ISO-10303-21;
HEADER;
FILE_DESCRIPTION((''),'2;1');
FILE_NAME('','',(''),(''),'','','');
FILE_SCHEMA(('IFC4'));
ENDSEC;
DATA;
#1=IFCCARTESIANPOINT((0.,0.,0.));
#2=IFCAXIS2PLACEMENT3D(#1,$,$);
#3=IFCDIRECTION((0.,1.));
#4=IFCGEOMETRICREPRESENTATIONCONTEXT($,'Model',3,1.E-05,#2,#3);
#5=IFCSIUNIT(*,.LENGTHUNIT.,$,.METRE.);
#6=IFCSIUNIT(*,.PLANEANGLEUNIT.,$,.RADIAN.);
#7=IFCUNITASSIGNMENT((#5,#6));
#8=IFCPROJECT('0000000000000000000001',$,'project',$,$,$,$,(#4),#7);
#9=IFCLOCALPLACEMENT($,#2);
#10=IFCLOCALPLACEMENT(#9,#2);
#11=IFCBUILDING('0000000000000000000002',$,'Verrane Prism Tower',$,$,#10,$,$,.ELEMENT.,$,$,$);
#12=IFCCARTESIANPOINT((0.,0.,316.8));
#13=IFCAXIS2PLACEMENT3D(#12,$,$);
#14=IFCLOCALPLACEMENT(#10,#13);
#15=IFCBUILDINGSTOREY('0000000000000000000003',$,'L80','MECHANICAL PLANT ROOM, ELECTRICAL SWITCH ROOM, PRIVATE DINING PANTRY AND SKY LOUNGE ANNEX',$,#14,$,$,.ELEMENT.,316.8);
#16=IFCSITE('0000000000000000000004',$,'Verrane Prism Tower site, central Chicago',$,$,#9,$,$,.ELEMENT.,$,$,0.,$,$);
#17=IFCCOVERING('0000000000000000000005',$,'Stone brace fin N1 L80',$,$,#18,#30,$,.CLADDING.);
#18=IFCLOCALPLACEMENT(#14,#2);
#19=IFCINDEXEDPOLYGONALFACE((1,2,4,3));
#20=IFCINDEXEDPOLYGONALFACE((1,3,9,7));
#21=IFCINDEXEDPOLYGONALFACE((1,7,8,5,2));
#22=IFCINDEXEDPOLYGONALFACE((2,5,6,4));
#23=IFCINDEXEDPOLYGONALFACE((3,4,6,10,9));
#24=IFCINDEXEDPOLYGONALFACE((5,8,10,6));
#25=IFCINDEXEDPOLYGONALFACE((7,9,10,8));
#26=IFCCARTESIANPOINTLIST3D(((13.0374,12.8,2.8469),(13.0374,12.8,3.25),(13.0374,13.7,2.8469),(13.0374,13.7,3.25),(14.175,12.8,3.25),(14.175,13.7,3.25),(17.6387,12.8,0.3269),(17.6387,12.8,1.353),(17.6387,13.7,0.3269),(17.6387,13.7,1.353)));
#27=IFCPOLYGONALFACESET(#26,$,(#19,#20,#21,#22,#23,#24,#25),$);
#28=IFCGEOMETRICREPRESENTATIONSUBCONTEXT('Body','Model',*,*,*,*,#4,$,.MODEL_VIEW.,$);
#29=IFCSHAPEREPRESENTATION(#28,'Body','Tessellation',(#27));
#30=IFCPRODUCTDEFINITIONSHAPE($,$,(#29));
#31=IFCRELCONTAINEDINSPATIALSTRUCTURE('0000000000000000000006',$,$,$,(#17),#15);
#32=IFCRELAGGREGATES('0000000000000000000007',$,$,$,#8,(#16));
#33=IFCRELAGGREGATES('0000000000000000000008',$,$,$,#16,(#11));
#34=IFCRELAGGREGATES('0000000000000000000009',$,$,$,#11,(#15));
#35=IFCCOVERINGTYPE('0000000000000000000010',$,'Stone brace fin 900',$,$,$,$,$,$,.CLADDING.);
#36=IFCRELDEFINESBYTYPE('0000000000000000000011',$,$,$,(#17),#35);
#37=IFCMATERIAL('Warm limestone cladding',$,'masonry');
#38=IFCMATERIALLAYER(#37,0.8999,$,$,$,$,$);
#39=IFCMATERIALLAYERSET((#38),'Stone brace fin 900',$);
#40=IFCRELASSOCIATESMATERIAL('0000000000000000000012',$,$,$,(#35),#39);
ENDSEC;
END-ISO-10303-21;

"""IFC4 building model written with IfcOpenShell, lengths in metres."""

from ifc_helpers import new_model, si_unit, direction, frame, origin, place, context, subcontext, project, spatial, polyline, outline, extrude, material, layer, layer_set, type_object, element, save


model = new_model("IFC4")

# Units and contexts
model_context = context("Model", 3, precision=1e-05, world=origin(), true_north=direction((0.0, 1.0)))
body_context = subcontext(model_context, "Body", "Model", "MODEL_VIEW")
ifc_project = project(units=[si_unit("LENGTHUNIT", "METRE"), si_unit("PLANEANGLEUNIT", "RADIAN")], contexts=[model_context])

# Site, building, storey
site_placement = place(None, origin())
site = spatial("IfcSite", under=ifc_project, at=site_placement, Name="Verrane Prism Tower site, central Chicago", CompositionType="ELEMENT", RefElevation=0.0)
building_placement = place(site_placement, origin())
building = spatial("IfcBuilding", under=site, at=building_placement, Name="Verrane Prism Tower", CompositionType="ELEMENT")
storey_placement = place(building_placement, frame((0.0, 0.0, 316.8)))
storey = spatial("IfcBuildingStorey", under=building, at=storey_placement, Name="L80", Description="MECHANICAL PLANT ROOM, ELECTRICAL SWITCH ROOM, PRIVATE DINING PANTRY AND SKY LOUNGE ANNEX", CompositionType="ELEMENT", Elevation=316.8)

# Covering
ifc_material_1 = material(Name="Warm limestone cladding", Category="masonry")
ifc_layer_1 = layer(ifc_material_1, 0.8999)
ifc_layer_set_1 = layer_set([ifc_layer_1], Name="Stone brace fin 900")
covering_type = type_object("IfcCoveringType", Name="Stone brace fin 900", PredefinedType="CLADDING", material=ifc_layer_set_1)
covering_placement = place(storey_placement, frame((17.6387, 13.25, 0.3269), z_axis=(0.0, 0.0, 1.0), x_axis=(-1.0, 0.0, 0.0)))
element("IfcCovering", 1, at=covering_placement, inside=storey, type_object=covering_type, Name="Stone brace fin N1 L80", PredefinedType="CLADDING", context=body_context, shape_type="SweptSolid", body=[
    extrude(outline(polyline([(4.6013, 2.9231), (3.4636, 2.9231), (0.0, 1.0261), (0.0, 0.0), (4.6013, 2.52), (4.6013, 2.9231)])), frame((0.0, 0.45, 0.0), z_axis=(0.0, -1.0, 0.0), x_axis=(1.0, 0.0, 0.0)), (0.0, 0.0, 1.0), 0.8999),
])

save(model, "model.ifc")
